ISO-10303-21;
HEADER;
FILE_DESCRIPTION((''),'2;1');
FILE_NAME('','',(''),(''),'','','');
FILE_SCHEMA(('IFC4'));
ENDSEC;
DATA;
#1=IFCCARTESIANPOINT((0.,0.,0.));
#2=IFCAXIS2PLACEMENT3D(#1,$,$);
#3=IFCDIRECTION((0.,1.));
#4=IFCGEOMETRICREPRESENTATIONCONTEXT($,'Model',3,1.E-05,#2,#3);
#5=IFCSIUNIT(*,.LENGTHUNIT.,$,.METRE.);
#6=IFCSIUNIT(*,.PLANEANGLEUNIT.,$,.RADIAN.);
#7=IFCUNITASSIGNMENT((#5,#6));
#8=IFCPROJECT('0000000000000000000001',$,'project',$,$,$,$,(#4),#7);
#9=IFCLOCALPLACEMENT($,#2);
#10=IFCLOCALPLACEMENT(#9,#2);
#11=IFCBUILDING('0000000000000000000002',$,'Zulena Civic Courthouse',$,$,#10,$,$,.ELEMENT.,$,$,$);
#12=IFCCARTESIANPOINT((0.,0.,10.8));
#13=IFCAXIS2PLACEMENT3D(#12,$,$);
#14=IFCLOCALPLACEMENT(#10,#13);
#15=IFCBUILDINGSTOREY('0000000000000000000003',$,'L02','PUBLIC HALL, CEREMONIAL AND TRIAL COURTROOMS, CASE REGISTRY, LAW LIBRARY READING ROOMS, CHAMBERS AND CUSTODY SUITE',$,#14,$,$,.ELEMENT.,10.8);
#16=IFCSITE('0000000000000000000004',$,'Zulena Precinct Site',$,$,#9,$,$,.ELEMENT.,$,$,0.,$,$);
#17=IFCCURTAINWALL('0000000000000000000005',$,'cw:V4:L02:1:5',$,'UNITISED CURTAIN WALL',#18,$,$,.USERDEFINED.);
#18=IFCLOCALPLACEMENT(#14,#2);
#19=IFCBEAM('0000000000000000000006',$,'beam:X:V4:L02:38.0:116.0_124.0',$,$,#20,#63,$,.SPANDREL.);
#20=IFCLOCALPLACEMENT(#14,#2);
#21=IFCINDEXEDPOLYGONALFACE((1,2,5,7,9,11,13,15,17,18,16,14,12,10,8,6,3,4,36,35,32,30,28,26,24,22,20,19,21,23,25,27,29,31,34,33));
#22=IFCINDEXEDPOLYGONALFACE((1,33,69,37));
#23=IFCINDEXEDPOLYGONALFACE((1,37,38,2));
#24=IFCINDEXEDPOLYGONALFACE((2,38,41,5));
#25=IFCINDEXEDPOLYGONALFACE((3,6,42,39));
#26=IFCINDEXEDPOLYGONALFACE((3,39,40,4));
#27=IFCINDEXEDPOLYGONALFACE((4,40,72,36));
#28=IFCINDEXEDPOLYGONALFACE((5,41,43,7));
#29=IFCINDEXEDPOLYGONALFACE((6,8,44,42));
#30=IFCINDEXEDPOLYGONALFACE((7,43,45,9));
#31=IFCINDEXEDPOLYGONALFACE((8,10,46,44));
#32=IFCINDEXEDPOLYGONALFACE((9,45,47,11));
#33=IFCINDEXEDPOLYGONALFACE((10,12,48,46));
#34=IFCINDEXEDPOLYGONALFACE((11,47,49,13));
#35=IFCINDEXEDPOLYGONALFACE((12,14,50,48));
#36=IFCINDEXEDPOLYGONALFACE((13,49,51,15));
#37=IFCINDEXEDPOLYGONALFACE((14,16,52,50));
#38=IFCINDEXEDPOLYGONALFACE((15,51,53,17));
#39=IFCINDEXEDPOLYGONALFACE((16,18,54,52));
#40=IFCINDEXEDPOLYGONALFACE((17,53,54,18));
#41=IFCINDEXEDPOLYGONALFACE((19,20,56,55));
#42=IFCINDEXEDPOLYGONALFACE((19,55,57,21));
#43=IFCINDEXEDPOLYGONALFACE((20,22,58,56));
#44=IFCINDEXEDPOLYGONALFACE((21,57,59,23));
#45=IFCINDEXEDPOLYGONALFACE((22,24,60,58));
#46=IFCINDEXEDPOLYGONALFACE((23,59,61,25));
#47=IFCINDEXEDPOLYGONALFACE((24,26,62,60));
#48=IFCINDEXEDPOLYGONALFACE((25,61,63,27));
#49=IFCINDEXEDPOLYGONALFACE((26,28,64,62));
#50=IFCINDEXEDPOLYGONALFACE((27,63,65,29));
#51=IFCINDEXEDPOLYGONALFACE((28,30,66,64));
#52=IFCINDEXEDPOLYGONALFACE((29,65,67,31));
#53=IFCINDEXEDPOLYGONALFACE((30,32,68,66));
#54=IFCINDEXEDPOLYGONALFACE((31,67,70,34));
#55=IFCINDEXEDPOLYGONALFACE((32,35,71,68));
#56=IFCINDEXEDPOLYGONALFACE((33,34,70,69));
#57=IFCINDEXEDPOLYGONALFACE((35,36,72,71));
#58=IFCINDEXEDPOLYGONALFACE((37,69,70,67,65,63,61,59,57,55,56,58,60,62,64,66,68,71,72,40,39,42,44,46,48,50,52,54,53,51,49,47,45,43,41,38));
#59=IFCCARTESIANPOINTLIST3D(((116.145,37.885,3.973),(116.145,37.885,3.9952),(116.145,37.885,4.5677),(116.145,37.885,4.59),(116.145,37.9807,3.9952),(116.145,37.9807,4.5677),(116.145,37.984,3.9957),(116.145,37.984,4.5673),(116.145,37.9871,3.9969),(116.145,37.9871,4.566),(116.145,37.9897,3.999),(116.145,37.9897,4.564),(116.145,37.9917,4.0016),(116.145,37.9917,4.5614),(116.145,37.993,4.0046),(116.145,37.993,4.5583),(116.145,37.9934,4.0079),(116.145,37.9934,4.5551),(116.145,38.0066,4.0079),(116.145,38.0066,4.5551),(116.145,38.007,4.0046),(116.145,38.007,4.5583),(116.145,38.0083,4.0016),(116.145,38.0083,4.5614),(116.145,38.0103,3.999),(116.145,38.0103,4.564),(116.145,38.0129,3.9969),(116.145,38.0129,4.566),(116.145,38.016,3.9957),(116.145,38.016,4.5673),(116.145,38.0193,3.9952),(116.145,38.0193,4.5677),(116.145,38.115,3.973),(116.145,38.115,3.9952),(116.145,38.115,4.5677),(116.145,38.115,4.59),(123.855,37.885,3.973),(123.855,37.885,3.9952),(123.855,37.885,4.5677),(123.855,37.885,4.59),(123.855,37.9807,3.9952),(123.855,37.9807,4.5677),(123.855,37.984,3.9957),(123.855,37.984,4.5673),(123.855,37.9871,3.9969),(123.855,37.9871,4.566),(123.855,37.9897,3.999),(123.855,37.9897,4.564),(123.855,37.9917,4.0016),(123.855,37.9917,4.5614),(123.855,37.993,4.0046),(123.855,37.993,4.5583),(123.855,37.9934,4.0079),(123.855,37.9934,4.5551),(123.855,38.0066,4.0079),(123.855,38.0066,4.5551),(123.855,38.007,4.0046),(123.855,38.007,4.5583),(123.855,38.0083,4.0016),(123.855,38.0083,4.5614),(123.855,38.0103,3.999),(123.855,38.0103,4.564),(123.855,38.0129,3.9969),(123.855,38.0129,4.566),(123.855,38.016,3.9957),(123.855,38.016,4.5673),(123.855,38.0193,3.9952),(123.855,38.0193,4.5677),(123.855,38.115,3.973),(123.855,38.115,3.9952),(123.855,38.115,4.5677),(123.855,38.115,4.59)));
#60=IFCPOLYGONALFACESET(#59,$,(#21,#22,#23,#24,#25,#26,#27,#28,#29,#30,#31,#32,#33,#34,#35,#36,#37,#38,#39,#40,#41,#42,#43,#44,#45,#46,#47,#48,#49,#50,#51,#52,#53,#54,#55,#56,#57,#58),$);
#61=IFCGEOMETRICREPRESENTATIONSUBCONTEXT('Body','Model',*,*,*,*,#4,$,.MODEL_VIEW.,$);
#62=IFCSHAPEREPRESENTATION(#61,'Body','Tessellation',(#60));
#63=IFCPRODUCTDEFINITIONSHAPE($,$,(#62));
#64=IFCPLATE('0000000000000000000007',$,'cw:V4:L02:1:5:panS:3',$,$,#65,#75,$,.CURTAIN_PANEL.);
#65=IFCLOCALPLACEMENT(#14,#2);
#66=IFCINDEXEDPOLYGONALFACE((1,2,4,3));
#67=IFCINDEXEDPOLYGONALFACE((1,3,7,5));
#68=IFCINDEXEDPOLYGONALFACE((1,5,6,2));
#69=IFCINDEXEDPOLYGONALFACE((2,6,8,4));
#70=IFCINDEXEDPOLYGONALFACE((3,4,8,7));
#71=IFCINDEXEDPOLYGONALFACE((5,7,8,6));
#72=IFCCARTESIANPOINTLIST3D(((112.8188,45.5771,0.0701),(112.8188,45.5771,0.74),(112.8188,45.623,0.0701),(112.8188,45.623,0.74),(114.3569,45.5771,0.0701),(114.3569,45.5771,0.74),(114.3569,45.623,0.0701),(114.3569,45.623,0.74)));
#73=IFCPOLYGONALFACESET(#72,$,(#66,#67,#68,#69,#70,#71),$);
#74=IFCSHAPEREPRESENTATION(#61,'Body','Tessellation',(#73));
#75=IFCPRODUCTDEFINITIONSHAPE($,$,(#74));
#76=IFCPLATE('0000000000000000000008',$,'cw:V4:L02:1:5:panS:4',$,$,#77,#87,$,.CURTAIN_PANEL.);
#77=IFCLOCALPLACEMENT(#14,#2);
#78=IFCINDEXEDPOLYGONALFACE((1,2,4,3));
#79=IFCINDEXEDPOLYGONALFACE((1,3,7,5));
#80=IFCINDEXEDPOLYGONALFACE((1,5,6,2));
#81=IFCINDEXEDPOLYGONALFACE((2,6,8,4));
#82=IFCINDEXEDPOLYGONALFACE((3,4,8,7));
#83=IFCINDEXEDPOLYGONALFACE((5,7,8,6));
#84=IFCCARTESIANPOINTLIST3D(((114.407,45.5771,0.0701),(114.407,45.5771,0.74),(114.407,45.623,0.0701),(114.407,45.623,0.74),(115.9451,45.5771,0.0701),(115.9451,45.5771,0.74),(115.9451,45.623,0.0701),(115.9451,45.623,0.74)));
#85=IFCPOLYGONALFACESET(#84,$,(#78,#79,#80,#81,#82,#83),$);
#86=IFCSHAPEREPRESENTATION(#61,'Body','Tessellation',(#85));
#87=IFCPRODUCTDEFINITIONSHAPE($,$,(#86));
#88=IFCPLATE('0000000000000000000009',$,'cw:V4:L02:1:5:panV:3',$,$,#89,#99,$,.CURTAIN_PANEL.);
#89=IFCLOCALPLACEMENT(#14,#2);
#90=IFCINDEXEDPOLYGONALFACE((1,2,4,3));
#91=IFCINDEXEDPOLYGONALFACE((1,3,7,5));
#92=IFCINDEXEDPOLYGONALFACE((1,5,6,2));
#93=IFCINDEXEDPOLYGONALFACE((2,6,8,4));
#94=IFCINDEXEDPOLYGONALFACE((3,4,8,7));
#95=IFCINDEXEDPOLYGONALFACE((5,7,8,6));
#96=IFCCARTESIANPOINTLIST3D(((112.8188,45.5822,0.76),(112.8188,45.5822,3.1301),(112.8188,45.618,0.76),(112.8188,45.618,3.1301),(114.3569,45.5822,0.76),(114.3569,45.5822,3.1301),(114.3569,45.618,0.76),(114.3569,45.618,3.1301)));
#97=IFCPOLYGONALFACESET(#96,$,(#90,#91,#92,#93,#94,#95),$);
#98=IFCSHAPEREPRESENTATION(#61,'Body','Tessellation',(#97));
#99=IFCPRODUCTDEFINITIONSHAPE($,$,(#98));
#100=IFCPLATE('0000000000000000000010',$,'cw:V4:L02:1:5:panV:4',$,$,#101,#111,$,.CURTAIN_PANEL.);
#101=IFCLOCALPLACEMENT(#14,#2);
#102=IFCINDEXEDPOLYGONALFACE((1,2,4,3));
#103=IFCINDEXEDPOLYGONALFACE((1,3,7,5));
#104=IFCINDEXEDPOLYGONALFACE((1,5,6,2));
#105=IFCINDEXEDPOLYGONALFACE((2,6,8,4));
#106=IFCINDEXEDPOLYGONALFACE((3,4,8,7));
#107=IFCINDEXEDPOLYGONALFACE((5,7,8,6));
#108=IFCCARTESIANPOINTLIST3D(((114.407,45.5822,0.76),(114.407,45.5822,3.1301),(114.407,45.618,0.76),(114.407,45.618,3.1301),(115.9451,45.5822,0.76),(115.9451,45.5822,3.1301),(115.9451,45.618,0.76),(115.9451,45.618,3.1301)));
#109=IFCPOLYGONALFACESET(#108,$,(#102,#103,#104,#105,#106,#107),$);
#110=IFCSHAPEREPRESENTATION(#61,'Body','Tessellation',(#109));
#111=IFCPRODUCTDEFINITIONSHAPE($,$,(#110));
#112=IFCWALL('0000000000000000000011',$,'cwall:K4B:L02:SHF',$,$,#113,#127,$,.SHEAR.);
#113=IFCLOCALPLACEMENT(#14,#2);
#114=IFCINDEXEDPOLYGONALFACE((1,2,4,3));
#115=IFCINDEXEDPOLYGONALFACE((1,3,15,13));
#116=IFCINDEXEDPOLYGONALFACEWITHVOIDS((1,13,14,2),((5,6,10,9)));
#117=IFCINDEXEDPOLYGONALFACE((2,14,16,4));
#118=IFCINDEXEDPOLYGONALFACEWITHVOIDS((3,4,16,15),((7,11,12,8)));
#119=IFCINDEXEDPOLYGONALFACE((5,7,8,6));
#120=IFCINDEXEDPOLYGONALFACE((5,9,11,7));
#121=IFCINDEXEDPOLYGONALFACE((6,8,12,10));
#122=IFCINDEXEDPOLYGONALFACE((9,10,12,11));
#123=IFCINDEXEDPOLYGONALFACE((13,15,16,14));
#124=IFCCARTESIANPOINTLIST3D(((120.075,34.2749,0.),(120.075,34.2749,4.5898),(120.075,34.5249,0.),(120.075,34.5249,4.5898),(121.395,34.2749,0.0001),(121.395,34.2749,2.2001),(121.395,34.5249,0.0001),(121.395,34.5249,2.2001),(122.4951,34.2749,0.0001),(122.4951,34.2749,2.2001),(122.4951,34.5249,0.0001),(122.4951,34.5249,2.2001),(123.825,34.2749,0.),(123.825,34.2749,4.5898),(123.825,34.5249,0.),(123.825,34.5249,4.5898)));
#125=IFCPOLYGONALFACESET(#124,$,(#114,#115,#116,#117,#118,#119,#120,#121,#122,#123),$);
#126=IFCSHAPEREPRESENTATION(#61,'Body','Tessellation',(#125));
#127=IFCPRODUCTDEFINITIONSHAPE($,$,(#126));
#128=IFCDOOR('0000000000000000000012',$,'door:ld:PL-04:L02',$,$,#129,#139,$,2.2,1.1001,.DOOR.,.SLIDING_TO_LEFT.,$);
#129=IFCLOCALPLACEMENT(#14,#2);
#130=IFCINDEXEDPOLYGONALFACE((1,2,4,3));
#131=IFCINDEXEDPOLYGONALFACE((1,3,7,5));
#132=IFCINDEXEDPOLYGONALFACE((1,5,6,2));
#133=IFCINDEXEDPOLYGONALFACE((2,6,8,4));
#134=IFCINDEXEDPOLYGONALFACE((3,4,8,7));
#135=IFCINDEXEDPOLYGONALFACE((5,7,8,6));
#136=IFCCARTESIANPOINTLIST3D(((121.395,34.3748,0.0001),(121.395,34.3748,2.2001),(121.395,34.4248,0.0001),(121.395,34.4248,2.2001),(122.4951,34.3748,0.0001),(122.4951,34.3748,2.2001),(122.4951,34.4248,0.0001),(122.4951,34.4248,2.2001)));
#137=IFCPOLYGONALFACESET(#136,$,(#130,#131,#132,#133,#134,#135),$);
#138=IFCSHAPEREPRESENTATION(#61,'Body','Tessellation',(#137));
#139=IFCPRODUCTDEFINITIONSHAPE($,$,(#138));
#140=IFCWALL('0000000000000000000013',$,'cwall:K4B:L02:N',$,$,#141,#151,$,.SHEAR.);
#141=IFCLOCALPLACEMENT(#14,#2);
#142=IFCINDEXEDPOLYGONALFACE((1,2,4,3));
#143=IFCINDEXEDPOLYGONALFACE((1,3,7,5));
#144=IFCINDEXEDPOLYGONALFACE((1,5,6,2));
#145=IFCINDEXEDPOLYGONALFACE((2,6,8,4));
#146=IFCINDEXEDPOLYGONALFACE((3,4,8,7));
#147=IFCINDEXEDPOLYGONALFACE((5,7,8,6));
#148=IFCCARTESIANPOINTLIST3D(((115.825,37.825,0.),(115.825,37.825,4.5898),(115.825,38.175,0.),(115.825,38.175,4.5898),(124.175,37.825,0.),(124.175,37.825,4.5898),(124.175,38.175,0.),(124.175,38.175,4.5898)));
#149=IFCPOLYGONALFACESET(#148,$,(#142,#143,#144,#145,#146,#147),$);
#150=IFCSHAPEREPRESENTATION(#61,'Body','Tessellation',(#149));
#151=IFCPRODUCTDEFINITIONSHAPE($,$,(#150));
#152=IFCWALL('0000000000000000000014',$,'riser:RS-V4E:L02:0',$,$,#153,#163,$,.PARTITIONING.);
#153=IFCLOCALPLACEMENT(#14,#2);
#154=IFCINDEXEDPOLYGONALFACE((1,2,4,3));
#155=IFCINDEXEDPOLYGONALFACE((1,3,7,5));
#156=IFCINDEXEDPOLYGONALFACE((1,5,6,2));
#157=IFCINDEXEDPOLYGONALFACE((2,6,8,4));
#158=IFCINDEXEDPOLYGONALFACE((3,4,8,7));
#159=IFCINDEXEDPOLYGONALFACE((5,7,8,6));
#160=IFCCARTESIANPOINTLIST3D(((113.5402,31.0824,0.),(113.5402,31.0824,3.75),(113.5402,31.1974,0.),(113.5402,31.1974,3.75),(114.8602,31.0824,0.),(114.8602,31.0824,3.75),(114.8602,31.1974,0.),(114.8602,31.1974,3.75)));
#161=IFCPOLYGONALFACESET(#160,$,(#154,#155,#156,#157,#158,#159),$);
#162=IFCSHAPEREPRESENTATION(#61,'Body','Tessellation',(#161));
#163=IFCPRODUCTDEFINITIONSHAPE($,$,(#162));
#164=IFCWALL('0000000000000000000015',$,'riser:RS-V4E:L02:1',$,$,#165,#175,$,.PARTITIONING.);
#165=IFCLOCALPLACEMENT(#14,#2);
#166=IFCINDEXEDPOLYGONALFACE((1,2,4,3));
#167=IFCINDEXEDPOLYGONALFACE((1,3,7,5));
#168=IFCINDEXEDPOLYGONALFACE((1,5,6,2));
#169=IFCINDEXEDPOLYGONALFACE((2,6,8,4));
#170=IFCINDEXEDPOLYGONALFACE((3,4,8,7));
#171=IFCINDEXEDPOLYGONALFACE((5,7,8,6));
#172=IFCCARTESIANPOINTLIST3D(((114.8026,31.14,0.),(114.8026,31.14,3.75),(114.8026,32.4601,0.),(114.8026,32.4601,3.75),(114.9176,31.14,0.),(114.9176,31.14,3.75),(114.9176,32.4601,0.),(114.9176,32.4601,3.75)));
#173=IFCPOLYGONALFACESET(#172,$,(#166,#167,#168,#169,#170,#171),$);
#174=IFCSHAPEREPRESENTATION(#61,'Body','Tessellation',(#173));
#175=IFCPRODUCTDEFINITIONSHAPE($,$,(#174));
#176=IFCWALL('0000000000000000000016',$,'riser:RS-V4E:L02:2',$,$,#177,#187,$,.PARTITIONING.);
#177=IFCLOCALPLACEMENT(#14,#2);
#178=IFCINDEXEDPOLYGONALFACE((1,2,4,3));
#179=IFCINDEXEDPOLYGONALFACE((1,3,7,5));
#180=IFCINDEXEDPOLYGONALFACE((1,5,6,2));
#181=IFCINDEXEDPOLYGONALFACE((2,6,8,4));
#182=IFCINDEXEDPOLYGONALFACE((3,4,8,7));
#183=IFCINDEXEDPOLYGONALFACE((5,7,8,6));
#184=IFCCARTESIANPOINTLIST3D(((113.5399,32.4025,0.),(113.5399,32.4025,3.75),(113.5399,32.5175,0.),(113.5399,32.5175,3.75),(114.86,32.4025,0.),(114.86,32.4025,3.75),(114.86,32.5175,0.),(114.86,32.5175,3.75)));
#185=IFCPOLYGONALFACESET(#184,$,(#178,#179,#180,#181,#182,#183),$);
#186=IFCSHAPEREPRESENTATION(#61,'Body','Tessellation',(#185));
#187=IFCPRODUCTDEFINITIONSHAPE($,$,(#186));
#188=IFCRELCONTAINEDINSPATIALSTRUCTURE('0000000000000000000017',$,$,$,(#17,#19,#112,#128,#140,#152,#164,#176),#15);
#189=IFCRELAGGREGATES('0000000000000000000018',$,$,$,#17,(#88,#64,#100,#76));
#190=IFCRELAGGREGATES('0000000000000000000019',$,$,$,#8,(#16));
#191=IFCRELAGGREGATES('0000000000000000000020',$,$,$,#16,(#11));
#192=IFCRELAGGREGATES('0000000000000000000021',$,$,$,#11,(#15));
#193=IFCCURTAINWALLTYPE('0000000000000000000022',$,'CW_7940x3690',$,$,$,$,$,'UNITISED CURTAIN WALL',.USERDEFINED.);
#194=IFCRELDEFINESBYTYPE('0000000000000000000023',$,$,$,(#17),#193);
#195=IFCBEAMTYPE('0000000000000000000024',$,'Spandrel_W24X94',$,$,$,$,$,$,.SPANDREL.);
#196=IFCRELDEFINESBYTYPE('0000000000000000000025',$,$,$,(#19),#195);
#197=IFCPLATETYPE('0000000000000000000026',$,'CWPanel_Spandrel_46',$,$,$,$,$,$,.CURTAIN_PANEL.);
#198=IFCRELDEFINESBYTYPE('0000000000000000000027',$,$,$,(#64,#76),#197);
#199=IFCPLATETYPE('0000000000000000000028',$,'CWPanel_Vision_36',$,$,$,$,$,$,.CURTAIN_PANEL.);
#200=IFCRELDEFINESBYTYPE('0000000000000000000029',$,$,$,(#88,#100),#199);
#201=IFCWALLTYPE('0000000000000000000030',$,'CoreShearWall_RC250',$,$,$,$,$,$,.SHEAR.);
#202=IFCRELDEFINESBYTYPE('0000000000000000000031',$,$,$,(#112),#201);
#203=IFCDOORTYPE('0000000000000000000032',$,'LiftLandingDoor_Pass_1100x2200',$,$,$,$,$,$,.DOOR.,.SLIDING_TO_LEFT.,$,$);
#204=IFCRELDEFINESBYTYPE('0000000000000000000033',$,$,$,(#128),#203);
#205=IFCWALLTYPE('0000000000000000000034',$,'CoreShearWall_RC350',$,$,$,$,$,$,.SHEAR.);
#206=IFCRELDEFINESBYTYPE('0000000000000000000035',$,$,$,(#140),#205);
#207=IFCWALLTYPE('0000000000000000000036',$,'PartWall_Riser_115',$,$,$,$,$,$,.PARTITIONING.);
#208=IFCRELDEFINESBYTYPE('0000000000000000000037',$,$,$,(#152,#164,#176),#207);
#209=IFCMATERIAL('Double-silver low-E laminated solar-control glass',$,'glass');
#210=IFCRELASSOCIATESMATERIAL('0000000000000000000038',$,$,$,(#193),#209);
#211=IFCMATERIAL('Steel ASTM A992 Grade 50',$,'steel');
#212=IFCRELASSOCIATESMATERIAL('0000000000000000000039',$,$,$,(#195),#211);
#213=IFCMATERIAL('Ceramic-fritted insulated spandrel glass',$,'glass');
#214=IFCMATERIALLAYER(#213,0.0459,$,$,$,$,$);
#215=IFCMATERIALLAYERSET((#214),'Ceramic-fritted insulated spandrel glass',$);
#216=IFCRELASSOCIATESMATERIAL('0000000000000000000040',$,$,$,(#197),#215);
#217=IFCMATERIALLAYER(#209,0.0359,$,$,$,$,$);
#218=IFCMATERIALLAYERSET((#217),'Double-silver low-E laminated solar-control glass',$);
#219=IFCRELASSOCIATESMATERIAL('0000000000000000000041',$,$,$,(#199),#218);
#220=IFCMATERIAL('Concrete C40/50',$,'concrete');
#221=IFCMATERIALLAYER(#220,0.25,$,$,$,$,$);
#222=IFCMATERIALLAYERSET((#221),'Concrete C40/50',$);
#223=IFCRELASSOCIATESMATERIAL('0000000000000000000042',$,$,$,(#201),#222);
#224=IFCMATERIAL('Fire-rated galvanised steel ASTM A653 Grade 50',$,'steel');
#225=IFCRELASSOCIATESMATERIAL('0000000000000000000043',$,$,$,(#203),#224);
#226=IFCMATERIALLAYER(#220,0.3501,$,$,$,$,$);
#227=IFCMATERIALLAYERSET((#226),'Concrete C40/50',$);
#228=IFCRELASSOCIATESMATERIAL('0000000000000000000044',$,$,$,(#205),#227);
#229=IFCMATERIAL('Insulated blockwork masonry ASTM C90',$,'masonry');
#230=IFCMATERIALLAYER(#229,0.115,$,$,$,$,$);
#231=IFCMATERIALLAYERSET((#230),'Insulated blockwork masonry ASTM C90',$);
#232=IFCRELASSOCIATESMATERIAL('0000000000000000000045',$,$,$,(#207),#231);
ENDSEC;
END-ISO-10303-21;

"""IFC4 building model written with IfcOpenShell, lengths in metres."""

from ifc_helpers import new_model, si_unit, direction, frame, frame_2d, origin, origin_2d, place, context, subcontext, project, spatial, rectangle, i_section, extrude, material, layer, layer_set, material_profile, profile_set, type_object, element, fill, aggregate, save


model = new_model("IFC4")

# Units and contexts
model_context = context("Model", 3, precision=1e-05, world=origin(), true_north=direction((0.0, 1.0)))
body_context = subcontext(model_context, "Body", "Model", "MODEL_VIEW")
ifc_project = project(units=[si_unit("LENGTHUNIT", "METRE"), si_unit("PLANEANGLEUNIT", "RADIAN")], contexts=[model_context])

# Site, building, storey
site_placement = place(None, origin())
site = spatial("IfcSite", under=ifc_project, at=site_placement, Name="Zulena Precinct Site", CompositionType="ELEMENT", RefElevation=0.0)
building_placement = place(site_placement, origin())
building = spatial("IfcBuilding", under=site, at=building_placement, Name="Zulena Civic Courthouse", CompositionType="ELEMENT")
storey_placement = place(building_placement, frame((0.0, 0.0, 10.8)))
storey = spatial("IfcBuildingStorey", under=building, at=storey_placement, Name="L02", Description="PUBLIC HALL, CEREMONIAL AND TRIAL COURTROOMS, CASE REGISTRY, LAW LIBRARY READING ROOMS, CHAMBERS AND CUSTODY SUITE", CompositionType="ELEMENT", Elevation=10.8)

# Shared definitions
ifc_material_1 = material(Name="Steel ASTM A992 Grade 50", Category="steel")

# Curtain wall
ifc_material_2 = material(Name="Double-silver low-E laminated solar-control glass", Category="glass")
curtain_wall_type = type_object("IfcCurtainWallType", Name="CW_7940x3690", ElementType="UNITISED CURTAIN WALL", PredefinedType="USERDEFINED", material=ifc_material_2)
curtain_wall_placement = place(storey_placement, origin())
curtain_wall = element("IfcCurtainWall", 1, at=curtain_wall_placement, inside=storey, type_object=curtain_wall_type, Name="cw:V4:L02:1:5", ObjectType="UNITISED CURTAIN WALL", PredefinedType="USERDEFINED")

# Beam
ifc_material_profile_1 = material_profile(ifc_material_1, i_section(OverallWidth=0.23, OverallDepth=0.6169, WebThickness=0.0132, FlangeThickness=0.0222, FilletRadius=0.0127, at=origin_2d()), Name="W24X94")
ifc_profile_set_1 = profile_set([ifc_material_profile_1], Name="Steel ASTM A992 Grade 50")
beam_type_1 = type_object("IfcBeamType", Name="Spandrel_W24X94", PredefinedType="SPANDREL", material=ifc_profile_set_1)
beam_1_placement = place(storey_placement, frame((116.145, 38.0, 4.2815), z_axis=(1.0, 0.0, 0.0), x_axis=(0.0, 1.0, 0.0)))
element("IfcBeam", 2, at=beam_1_placement, inside=storey, type_object=beam_type_1, Name="beam:X:V4:L02:38.0:116.0_124.0", PredefinedType="SPANDREL", context=body_context, shape_type="SweptSolid", body=[
    extrude(i_section(OverallWidth=0.23, OverallDepth=0.6169, WebThickness=0.0132, FlangeThickness=0.0222, FilletRadius=0.0127, at=origin_2d()), origin(), (0.0, 0.0, 1.0), 7.71),
])

# Plates
ifc_material_3 = material(Name="Ceramic-fritted insulated spandrel glass", Category="glass")
ifc_layer_1 = layer(ifc_material_3, 0.0459)
ifc_layer_set_1 = layer_set([ifc_layer_1], Name="Ceramic-fritted insulated spandrel glass")
plate_type_1 = type_object("IfcPlateType", Name="CWPanel_Spandrel_46", PredefinedType="CURTAIN_PANEL", material=ifc_layer_set_1)
plate_1_placement = place(storey_placement, frame((113.5879, 45.6001, 0.0701), z_axis=(0.0, 0.0, 1.0), x_axis=(1.0, 0.0, 0.0)))
plate_1 = element("IfcPlate", 3, at=plate_1_placement, type_object=plate_type_1, Name="cw:V4:L02:1:5:panS:3", PredefinedType="CURTAIN_PANEL", context=body_context, shape_type="SweptSolid", body=[
    extrude(rectangle(XDim=1.5381, YDim=0.0459, at=origin_2d()), origin(), (0.0, 0.0, 1.0), 0.6699),
])
plate_2_placement = place(storey_placement, frame((115.176, 45.6001, 0.0701), z_axis=(0.0, 0.0, 1.0), x_axis=(1.0, 0.0, 0.0)))
plate_2 = element("IfcPlate", 4, at=plate_2_placement, type_object=plate_type_1, Name="cw:V4:L02:1:5:panS:4", PredefinedType="CURTAIN_PANEL", context=body_context, shape_type="SweptSolid", body=[
    extrude(rectangle(XDim=1.5381, YDim=0.0459, at=origin_2d()), origin(), (0.0, 0.0, 1.0), 0.6699),
])
ifc_layer_2 = layer(ifc_material_2, 0.0359)
ifc_layer_set_2 = layer_set([ifc_layer_2], Name="Double-silver low-E laminated solar-control glass")
plate_type_2 = type_object("IfcPlateType", Name="CWPanel_Vision_36", PredefinedType="CURTAIN_PANEL", material=ifc_layer_set_2)
plate_3_placement = place(storey_placement, frame((113.5879, 45.6001, 0.76), z_axis=(0.0, 0.0, 1.0), x_axis=(1.0, 0.0, 0.0)))
plate_3 = element("IfcPlate", 5, at=plate_3_placement, type_object=plate_type_2, Name="cw:V4:L02:1:5:panV:3", PredefinedType="CURTAIN_PANEL", context=body_context, shape_type="SweptSolid", body=[
    extrude(rectangle(XDim=1.5381, YDim=0.0359, at=origin_2d()), origin(), (0.0, 0.0, 1.0), 2.3701),
])
plate_4_placement = place(storey_placement, frame((115.176, 45.6001, 0.76), z_axis=(0.0, 0.0, 1.0), x_axis=(1.0, 0.0, 0.0)))
plate_4 = element("IfcPlate", 6, at=plate_4_placement, type_object=plate_type_2, Name="cw:V4:L02:1:5:panV:4", PredefinedType="CURTAIN_PANEL", context=body_context, shape_type="SweptSolid", body=[
    extrude(rectangle(XDim=1.5381, YDim=0.0359, at=origin_2d()), origin(), (0.0, 0.0, 1.0), 2.3701),
])
aggregate(curtain_wall, [plate_3, plate_1, plate_4, plate_2])

# Wall, opening, door
ifc_material_4 = material(Name="Concrete C40/50", Category="concrete")
ifc_layer_3 = layer(ifc_material_4, 0.25)
ifc_layer_set_3 = layer_set([ifc_layer_3], Name="Concrete C40/50")
wall_type_1 = type_object("IfcWallType", Name="CoreShearWall_RC250", PredefinedType="SHEAR", material=ifc_layer_set_3)
wall_1_placement = place(storey_placement, frame((120.075, 34.3999, 0.0), z_axis=(0.0, 0.0, 1.0), x_axis=(1.0, 0.0, 0.0)))
wall_1 = element("IfcWall", 7, at=wall_1_placement, inside=storey, type_object=wall_type_1, Name="cwall:K4B:L02:SHF", PredefinedType="SHEAR", context=body_context, shape_type="SweptSolid", body=[
    extrude(rectangle(XDim=3.75, YDim=0.25, at=frame_2d((1.875, 0.0))), origin(), (0.0, 0.0, 1.0), 4.5898),
])
opening_placement = place(wall_1_placement, frame((1.3201, 0.0, 0.0)))
opening = element("IfcOpeningElement", 8, at=opening_placement, cuts=wall_1, PredefinedType="OPENING", context=body_context, shape_type="SweptSolid", body=[
    extrude(rectangle(XDim=1.1001, YDim=2.2, at=frame_2d((0.55, 1.1001))), frame((0.0, 0.135, 0.0), z_axis=(0.0, -1.0, 0.0), x_axis=(1.0, 0.0, 0.0)), (0.0, 0.0, 1.0), 0.27),
])
ifc_material_5 = material(Name="Fire-rated galvanised steel ASTM A653 Grade 50", Category="steel")
door_type = type_object("IfcDoorType", Name="LiftLandingDoor_Pass_1100x2200", OperationType="SLIDING_TO_LEFT", PredefinedType="DOOR", material=ifc_material_5)
door_placement = place(opening_placement, origin())
door = element("IfcDoor", 9, at=door_placement, inside=storey, type_object=door_type, Name="door:ld:PL-04:L02", OperationType="SLIDING_TO_LEFT", OverallHeight=2.2, OverallWidth=1.1001, PredefinedType="DOOR", context=body_context, shape_type="SweptSolid", body=[
    extrude(rectangle(XDim=1.1001, YDim=2.2, at=frame_2d((0.55, 1.1001))), frame((0.0, 0.0249, 0.0), z_axis=(0.0, -1.0, 0.0), x_axis=(1.0, 0.0, 0.0)), (0.0, 0.0, 1.0), 0.05),
])
fill(opening, door)

# Walls
ifc_layer_4 = layer(ifc_material_4, 0.3501)
ifc_layer_set_4 = layer_set([ifc_layer_4], Name="Concrete C40/50")
wall_type_2 = type_object("IfcWallType", Name="CoreShearWall_RC350", PredefinedType="SHEAR", material=ifc_layer_set_4)
wall_2_placement = place(storey_placement, frame((115.825, 38.0, 0.0), z_axis=(0.0, 0.0, 1.0), x_axis=(1.0, 0.0, 0.0)))
element("IfcWall", 10, at=wall_2_placement, inside=storey, type_object=wall_type_2, Name="cwall:K4B:L02:N", PredefinedType="SHEAR", context=body_context, shape_type="SweptSolid", body=[
    extrude(rectangle(XDim=8.3501, YDim=0.3501, at=frame_2d((4.175, 0.0))), origin(), (0.0, 0.0, 1.0), 4.5898),
])
ifc_material_6 = material(Name="Insulated blockwork masonry ASTM C90", Category="masonry")
ifc_layer_5 = layer(ifc_material_6, 0.115)
ifc_layer_set_5 = layer_set([ifc_layer_5], Name="Insulated blockwork masonry ASTM C90")
wall_type_3 = type_object("IfcWallType", Name="PartWall_Riser_115", PredefinedType="PARTITIONING", material=ifc_layer_set_5)
for number, where, z_axis, x_axis, name in (
    (11, (113.54, 31.1399, 0.0), (0.0, 0.0, 1.0), (1.0, 0.0, 0.0), "riser:RS-V4E:L02:0"),
    (12, (114.8601, 31.1399, 0.0), (0.0, 0.0, 1.0), (0.0, 1.0, 0.0), "riser:RS-V4E:L02:1"),
    (13, (114.8601, 32.46, 0.0), (0.0, 0.0, 1.0), (-1.0, 0.0, 0.0), "riser:RS-V4E:L02:2"),
):
    element("IfcWall", number, at=place(storey_placement, frame(where, z_axis=z_axis, x_axis=x_axis)), inside=storey, type_object=wall_type_3, Name=name, PredefinedType="PARTITIONING", context=body_context, shape_type="SweptSolid", body=[
        extrude(rectangle(XDim=1.3201, YDim=0.115, at=frame_2d((0.6602, 0.0))), origin(), (0.0, 0.0, 1.0), 3.75),
    ])

save(model, "model.ifc")
